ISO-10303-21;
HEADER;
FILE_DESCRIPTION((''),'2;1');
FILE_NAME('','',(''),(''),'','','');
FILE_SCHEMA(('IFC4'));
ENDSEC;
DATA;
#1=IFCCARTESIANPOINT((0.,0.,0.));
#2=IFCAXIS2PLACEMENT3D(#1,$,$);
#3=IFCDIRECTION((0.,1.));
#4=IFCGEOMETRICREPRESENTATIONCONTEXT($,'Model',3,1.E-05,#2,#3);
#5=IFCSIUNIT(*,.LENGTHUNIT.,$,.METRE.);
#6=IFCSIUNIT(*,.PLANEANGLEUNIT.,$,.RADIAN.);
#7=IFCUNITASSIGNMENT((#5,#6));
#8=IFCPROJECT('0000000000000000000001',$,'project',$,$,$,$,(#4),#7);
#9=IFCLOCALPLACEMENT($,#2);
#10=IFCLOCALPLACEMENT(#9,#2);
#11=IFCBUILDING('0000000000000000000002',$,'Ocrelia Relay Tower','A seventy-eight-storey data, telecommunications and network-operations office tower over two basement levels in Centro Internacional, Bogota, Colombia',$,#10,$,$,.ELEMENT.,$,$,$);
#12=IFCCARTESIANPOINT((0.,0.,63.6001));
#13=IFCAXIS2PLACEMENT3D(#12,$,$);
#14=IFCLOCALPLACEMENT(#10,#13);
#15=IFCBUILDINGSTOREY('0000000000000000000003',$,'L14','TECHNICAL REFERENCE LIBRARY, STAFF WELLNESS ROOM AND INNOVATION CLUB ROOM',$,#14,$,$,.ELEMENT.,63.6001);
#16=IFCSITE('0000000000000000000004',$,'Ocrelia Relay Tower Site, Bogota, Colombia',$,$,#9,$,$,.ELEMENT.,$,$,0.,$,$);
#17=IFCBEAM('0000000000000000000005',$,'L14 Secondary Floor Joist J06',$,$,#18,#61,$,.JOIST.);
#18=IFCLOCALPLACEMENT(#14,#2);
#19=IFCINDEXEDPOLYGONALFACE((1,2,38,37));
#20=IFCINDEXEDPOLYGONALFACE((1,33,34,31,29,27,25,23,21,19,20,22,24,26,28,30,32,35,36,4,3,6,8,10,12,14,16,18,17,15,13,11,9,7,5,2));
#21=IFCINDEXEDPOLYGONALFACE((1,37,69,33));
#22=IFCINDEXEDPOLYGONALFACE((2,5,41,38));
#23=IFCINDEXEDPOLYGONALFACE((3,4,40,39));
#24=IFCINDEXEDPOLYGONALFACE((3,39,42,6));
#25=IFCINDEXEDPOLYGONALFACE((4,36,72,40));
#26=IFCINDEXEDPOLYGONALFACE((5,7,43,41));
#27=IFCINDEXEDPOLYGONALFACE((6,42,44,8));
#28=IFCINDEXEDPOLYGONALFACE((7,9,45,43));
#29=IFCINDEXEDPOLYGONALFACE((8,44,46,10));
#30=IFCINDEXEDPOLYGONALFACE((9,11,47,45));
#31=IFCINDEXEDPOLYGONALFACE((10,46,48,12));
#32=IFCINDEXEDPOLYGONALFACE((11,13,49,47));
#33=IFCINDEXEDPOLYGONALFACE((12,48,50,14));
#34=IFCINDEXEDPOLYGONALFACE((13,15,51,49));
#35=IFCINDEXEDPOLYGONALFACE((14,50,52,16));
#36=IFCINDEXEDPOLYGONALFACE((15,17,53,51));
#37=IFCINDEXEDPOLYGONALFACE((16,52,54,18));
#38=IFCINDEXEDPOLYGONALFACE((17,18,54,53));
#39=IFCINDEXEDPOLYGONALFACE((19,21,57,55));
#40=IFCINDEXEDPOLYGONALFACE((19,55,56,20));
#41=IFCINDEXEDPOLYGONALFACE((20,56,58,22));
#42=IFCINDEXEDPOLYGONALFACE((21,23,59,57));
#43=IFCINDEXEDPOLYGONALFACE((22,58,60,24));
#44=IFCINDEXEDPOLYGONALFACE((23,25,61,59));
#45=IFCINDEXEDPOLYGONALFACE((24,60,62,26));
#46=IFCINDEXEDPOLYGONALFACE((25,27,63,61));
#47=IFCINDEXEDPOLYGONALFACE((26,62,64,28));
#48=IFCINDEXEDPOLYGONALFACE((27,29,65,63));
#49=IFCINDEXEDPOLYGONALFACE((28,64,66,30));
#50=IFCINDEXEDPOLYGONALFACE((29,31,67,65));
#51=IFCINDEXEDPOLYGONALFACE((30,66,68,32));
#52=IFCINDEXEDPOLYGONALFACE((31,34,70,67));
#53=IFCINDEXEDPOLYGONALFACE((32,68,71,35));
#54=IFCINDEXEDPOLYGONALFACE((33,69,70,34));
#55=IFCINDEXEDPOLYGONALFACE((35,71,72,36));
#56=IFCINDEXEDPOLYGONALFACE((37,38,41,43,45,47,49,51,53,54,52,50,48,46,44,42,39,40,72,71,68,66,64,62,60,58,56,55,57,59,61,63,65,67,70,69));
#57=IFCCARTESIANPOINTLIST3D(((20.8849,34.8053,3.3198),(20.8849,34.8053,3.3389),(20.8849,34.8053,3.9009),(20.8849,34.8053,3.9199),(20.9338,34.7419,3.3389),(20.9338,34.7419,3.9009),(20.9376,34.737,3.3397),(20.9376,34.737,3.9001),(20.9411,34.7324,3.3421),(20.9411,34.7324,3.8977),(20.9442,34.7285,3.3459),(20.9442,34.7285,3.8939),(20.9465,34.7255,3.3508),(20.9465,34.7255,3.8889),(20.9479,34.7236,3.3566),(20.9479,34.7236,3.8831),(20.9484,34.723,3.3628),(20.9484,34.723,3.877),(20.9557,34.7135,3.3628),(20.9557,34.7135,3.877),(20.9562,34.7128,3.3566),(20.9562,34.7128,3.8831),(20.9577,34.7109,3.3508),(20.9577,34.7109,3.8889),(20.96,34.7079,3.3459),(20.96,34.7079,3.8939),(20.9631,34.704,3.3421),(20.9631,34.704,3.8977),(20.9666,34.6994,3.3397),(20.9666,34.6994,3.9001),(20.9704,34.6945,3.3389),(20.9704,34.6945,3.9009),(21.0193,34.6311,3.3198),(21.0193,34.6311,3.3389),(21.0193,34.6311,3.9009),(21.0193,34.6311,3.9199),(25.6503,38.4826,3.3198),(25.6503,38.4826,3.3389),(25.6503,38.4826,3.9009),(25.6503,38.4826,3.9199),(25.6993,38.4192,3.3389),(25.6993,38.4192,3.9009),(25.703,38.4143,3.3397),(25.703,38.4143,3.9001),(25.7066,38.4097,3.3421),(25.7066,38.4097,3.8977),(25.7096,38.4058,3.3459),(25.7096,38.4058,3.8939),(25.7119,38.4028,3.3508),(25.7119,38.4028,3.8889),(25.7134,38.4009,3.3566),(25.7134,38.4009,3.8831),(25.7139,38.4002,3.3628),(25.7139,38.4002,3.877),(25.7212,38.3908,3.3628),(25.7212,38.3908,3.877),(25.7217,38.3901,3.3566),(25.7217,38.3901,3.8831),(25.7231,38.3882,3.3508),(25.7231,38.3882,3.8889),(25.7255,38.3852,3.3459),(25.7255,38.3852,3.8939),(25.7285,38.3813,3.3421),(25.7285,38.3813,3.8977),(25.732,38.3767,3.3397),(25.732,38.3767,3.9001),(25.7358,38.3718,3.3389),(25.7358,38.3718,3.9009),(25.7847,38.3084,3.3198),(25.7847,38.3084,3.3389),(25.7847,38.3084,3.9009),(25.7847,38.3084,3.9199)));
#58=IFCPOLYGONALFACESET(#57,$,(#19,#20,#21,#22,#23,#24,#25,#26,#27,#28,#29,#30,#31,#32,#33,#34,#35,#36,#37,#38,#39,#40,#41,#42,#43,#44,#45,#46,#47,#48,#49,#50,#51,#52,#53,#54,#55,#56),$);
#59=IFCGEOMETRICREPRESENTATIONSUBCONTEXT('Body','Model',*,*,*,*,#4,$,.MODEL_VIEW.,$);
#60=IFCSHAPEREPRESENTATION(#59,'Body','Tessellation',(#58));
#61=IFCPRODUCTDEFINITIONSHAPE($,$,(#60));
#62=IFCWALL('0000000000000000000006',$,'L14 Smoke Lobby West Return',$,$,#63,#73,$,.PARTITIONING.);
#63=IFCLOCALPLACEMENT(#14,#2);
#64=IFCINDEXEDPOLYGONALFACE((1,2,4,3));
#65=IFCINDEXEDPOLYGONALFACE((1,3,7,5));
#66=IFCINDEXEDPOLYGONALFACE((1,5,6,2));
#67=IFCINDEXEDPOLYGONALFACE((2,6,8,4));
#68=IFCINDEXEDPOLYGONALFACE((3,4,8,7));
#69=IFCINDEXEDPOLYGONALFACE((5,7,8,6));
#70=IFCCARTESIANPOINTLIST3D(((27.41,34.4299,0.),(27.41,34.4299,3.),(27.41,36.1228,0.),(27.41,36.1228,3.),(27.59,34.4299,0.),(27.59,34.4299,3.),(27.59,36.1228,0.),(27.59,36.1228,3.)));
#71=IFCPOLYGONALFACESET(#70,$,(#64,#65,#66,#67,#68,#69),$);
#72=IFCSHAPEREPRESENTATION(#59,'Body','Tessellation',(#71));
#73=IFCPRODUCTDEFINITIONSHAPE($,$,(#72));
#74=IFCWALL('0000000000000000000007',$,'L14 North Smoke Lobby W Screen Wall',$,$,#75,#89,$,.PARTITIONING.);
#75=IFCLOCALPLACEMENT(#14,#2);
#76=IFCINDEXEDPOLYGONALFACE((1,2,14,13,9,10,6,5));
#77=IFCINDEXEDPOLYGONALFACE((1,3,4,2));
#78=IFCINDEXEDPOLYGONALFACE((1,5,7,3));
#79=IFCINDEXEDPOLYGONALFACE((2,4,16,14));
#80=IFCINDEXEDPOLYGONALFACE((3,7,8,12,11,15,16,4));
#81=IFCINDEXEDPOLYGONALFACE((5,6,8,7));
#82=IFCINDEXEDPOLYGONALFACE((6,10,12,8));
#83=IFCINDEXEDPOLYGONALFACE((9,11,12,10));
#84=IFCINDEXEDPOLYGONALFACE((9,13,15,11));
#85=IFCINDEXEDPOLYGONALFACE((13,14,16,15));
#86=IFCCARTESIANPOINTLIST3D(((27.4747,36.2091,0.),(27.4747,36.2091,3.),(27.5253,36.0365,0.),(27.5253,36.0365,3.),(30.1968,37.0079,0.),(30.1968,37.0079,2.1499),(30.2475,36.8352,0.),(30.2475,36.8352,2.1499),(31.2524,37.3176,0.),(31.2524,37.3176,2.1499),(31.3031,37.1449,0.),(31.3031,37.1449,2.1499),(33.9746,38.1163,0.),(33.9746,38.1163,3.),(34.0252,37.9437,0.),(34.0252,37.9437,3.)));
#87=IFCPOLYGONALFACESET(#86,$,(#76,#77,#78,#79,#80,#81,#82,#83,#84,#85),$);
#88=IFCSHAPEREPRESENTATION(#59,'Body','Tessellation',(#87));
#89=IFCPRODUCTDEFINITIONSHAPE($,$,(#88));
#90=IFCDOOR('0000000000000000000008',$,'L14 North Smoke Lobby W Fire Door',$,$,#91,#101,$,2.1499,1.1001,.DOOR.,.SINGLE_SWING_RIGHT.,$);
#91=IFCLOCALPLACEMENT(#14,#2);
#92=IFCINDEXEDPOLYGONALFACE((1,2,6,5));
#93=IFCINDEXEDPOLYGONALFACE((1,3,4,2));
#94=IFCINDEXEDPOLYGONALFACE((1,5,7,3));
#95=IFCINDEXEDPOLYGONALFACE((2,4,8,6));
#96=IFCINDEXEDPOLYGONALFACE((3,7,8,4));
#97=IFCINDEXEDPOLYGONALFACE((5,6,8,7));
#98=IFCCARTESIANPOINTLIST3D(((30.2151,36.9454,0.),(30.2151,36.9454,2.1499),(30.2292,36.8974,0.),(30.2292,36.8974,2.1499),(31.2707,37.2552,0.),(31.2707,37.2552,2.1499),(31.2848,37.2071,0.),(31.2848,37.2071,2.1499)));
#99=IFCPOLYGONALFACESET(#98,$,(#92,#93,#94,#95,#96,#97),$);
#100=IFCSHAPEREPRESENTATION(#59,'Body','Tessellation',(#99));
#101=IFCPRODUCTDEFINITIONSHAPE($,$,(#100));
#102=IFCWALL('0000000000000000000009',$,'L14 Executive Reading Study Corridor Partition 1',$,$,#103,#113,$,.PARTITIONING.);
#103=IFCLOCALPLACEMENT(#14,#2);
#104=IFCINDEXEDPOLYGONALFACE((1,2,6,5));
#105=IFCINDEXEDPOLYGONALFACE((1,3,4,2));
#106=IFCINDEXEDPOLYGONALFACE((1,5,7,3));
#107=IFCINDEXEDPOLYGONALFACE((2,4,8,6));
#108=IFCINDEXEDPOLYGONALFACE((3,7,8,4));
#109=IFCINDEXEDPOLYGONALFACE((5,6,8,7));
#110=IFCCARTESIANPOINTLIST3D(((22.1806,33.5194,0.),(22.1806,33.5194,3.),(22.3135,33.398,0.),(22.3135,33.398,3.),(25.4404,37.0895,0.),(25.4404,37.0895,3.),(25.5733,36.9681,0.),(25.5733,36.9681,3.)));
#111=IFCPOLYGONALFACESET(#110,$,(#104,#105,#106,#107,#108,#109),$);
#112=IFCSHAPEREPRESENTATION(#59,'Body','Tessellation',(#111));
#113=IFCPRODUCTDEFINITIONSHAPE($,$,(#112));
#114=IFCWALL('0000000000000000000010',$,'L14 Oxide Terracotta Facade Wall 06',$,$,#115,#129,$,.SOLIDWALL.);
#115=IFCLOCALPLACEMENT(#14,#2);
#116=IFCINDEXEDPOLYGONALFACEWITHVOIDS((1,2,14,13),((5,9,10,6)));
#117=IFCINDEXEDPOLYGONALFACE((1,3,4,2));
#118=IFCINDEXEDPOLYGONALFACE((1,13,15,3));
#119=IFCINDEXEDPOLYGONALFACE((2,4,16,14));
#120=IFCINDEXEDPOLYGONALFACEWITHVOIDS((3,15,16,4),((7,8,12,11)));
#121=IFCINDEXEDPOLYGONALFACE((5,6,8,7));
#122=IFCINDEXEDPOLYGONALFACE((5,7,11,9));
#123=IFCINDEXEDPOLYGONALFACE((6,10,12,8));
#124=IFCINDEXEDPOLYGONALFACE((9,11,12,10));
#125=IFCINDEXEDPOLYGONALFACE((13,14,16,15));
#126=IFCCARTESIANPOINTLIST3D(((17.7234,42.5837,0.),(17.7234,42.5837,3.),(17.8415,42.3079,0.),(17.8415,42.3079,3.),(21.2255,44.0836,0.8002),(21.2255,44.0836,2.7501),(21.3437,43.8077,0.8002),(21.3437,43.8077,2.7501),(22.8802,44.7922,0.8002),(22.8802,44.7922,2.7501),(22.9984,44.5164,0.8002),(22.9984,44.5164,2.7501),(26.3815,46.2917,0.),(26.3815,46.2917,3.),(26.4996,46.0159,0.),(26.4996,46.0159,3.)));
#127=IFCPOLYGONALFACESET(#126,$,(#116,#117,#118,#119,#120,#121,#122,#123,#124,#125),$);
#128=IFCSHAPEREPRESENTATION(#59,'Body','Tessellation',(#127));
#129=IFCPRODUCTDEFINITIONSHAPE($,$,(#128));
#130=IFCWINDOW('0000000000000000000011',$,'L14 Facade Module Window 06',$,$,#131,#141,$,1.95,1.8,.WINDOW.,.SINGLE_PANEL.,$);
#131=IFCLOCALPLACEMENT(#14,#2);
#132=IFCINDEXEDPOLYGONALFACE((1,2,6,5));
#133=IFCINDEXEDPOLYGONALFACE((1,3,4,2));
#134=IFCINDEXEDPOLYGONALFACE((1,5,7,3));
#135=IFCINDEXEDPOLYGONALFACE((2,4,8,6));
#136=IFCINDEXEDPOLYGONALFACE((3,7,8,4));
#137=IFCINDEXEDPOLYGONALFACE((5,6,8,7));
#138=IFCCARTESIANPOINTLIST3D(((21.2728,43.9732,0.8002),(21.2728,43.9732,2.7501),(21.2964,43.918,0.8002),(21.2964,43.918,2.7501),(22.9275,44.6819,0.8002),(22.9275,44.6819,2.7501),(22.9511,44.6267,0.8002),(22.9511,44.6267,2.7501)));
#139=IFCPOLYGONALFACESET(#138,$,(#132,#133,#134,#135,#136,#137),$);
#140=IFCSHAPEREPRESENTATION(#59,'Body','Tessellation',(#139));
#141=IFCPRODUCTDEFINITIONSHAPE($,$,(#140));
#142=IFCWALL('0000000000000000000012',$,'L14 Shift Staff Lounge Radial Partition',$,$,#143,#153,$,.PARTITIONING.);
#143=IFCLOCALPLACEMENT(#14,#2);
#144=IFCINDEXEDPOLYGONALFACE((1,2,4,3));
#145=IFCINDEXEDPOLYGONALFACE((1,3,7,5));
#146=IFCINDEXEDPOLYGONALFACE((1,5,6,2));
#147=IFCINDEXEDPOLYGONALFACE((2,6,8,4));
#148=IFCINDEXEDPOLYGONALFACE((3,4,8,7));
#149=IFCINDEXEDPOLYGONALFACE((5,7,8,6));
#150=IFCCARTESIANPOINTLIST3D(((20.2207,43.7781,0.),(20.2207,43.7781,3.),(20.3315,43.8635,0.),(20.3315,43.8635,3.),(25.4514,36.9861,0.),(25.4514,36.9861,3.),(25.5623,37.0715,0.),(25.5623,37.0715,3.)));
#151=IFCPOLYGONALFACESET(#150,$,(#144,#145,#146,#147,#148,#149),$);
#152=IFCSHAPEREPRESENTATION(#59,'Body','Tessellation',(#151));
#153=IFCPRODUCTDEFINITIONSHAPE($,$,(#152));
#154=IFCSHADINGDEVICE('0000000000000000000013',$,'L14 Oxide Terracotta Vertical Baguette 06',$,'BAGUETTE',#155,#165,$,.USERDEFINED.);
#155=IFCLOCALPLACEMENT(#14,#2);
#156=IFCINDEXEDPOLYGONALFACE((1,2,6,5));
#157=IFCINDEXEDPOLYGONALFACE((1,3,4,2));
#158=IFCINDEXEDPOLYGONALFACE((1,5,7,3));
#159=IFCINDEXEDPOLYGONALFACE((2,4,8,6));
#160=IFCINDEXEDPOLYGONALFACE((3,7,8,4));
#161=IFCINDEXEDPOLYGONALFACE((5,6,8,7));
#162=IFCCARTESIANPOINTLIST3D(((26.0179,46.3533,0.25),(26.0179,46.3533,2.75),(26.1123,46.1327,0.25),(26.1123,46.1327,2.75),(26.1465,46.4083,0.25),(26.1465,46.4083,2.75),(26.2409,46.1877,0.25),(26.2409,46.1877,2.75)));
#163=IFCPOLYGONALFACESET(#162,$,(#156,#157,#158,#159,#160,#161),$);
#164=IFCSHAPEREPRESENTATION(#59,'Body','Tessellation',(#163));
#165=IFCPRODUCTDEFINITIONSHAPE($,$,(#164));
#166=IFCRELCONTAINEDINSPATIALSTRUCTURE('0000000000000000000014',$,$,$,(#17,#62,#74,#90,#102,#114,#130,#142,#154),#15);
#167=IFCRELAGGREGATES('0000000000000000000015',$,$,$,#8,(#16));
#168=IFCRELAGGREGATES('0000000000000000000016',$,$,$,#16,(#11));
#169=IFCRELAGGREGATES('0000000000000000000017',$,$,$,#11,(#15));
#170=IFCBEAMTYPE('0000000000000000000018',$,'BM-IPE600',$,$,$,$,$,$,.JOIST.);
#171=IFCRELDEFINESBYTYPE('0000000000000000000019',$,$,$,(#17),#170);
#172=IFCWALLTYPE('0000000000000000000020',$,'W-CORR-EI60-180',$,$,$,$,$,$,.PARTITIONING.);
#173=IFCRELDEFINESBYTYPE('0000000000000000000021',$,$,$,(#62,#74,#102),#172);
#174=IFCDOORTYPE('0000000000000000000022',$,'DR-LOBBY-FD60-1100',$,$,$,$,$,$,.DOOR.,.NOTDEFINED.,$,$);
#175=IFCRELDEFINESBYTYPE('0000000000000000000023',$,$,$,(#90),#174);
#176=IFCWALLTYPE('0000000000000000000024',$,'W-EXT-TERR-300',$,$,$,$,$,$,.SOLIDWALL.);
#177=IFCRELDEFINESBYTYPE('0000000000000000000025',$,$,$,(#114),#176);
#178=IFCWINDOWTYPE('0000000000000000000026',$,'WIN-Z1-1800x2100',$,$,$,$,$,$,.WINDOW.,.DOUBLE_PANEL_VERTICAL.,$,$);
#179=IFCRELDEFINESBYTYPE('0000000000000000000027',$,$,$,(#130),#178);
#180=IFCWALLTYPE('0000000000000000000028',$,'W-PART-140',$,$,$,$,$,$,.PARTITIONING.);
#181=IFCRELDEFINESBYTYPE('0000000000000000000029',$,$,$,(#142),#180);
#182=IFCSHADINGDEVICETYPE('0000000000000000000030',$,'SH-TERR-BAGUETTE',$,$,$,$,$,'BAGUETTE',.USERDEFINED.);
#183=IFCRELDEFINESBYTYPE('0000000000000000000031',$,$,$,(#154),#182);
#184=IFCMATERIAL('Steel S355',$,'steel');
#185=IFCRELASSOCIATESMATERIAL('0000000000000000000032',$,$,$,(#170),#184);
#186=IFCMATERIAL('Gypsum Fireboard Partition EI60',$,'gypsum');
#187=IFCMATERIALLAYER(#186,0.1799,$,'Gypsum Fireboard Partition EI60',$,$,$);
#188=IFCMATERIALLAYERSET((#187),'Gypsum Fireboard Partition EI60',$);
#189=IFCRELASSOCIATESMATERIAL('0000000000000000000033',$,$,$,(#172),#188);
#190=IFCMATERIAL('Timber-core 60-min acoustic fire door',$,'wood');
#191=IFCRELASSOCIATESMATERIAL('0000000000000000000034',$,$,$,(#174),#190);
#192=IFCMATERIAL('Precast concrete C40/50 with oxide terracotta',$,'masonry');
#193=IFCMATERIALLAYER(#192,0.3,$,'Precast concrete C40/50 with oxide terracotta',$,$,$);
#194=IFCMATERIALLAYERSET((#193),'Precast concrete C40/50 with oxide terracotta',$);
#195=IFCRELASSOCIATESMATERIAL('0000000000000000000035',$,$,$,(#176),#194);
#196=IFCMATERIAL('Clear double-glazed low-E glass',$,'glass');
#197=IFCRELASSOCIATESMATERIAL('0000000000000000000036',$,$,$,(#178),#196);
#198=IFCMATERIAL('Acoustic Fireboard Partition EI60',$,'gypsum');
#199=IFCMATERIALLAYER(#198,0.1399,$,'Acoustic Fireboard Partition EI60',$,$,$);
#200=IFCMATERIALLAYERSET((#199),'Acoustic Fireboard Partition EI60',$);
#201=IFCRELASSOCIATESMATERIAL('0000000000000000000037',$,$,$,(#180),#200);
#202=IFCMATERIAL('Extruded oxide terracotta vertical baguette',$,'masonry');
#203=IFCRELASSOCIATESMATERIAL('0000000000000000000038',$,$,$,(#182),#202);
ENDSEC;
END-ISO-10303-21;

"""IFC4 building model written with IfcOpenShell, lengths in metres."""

from ifc_helpers import new_model, si_unit, direction, frame, frame_2d, origin, origin_2d, place, context, subcontext, project, spatial, rectangle, i_section, extrude, material, layer, layer_set, material_profile, profile_set, type_object, element, fill, save


model = new_model("IFC4")

# Units and contexts
model_context = context("Model", 3, precision=1e-05, world=origin(), true_north=direction((0.0, 1.0)))
body_context = subcontext(model_context, "Body", "Model", "MODEL_VIEW")
ifc_project = project(units=[si_unit("LENGTHUNIT", "METRE"), si_unit("PLANEANGLEUNIT", "RADIAN")], contexts=[model_context])

# Site, building, storey
site_placement = place(None, origin())
site = spatial("IfcSite", under=ifc_project, at=site_placement, Name="Ocrelia Relay Tower Site, Bogota, Colombia", CompositionType="ELEMENT", RefElevation=0.0)
building_placement = place(site_placement, origin())
building = spatial("IfcBuilding", under=site, at=building_placement, Name="Ocrelia Relay Tower", Description="A seventy-eight-storey data, telecommunications and network-operations office tower over two basement levels in Centro Internacional, Bogota, Colombia", CompositionType="ELEMENT")
storey_placement = place(building_placement, frame((0.0, 0.0, 63.6001)))
storey = spatial("IfcBuildingStorey", under=building, at=storey_placement, Name="L14", Description="TECHNICAL REFERENCE LIBRARY, STAFF WELLNESS ROOM AND INNOVATION CLUB ROOM", CompositionType="ELEMENT", Elevation=63.6001)

# Beam
ifc_material_1 = material(Name="Steel S355", Category="steel")
ifc_material_profile_1 = material_profile(ifc_material_1, i_section(OverallWidth=0.22, OverallDepth=0.6001, WebThickness=0.012, FlangeThickness=0.019, FilletRadius=0.0239, at=origin_2d()), Name="IPE 600")
ifc_profile_set_1 = profile_set([ifc_material_profile_1], Name="Steel S355")
beam_type_1 = type_object("IfcBeamType", Name="BM-IPE600", PredefinedType="JOIST", material=ifc_profile_set_1)
beam_1_placement = place(storey_placement, frame((25.7175, 38.3955, 3.6199), z_axis=(-0.791694, -0.610918, 0.0), x_axis=(0.610918, -0.791694, 0.0)))
element("IfcBeam", 1, at=beam_1_placement, inside=storey, type_object=beam_type_1, Name="L14 Secondary Floor Joist J06", PredefinedType="JOIST", context=body_context, shape_type="SweptSolid", body=[
    extrude(i_section(OverallWidth=0.22, OverallDepth=0.6001, WebThickness=0.012, FlangeThickness=0.019, FilletRadius=0.0239, at=origin_2d()), origin(), (0.0, 0.0, 1.0), 6.0193),
])

# Wall
ifc_material_2 = material(Name="Gypsum Fireboard Partition EI60", Category="gypsum")
ifc_layer_1 = layer(ifc_material_2, 0.1799, Name="Gypsum Fireboard Partition EI60")
ifc_layer_set_1 = layer_set([ifc_layer_1], Name="Gypsum Fireboard Partition EI60")
wall_type_1 = type_object("IfcWallType", Name="W-CORR-EI60-180", PredefinedType="PARTITIONING", material=ifc_layer_set_1)
wall_1_placement = place(storey_placement, frame((27.5, 34.4299, 0.0), z_axis=(0.0, 0.0, 1.0), x_axis=(0.0, 1.0, 0.0)))
element("IfcWall", 2, at=wall_1_placement, inside=storey, type_object=wall_type_1, Name="L14 Smoke Lobby West Return", PredefinedType="PARTITIONING", context=body_context, shape_type="SweptSolid", body=[
    extrude(rectangle(XDim=1.6929, YDim=0.1799, at=frame_2d((0.8464, 0.0))), origin(), (0.0, 0.0, 1.0), 3.0),
])

# Wall, opening, door
wall_2_placement = place(storey_placement, frame((27.5, 36.1228, 0.0), z_axis=(0.0, 0.0, 1.0), x_axis=(0.959547, 0.28155, 0.0)))
wall_2 = element("IfcWall", 3, at=wall_2_placement, inside=storey, type_object=wall_type_1, Name="L14 North Smoke Lobby W Screen Wall", PredefinedType="PARTITIONING", context=body_context, shape_type="SweptSolid", body=[
    extrude(rectangle(XDim=6.7739, YDim=0.1799, at=frame_2d((3.387, 0.0))), origin(), (0.0, 0.0, 1.0), 3.0),
])
opening_1_placement = place(wall_2_placement, frame((2.8369, 0.0, 0.0)))
opening_1 = element("IfcOpeningElement", 4, at=opening_1_placement, cuts=wall_2, PredefinedType="OPENING", context=body_context, shape_type="SweptSolid", body=[
    extrude(rectangle(XDim=1.1001, YDim=2.1499, at=frame_2d((0.55, 1.075))), frame((0.0, 0.1001, 0.0), z_axis=(0.0, -1.0, 0.0), x_axis=(1.0, 0.0, 0.0)), (0.0, 0.0, 1.0), 0.2),
])
ifc_material_3 = material(Name="Timber-core 60-min acoustic fire door", Category="wood")
door_type_1 = type_object("IfcDoorType", Name="DR-LOBBY-FD60-1100", OperationType="NOTDEFINED", PredefinedType="DOOR", material=ifc_material_3)
door_1_placement = place(opening_1_placement, origin())
door_1 = element("IfcDoor", 5, at=door_1_placement, inside=storey, type_object=door_type_1, Name="L14 North Smoke Lobby W Fire Door", OperationType="SINGLE_SWING_RIGHT", OverallHeight=2.1499, OverallWidth=1.1001, PredefinedType="DOOR", context=body_context, shape_type="SweptSolid", body=[
    extrude(rectangle(XDim=1.1001, YDim=2.1499, at=frame_2d((0.55, 1.075))), frame((0.0, 0.0249, 0.0), z_axis=(0.0, -1.0, 0.0), x_axis=(1.0, 0.0, 0.0)), (0.0, 0.0, 1.0), 0.05),
])
fill(opening_1, door_1)

# Wall
wall_3_placement = place(storey_placement, frame((25.5068, 37.0288, 0.0), z_axis=(0.0, 0.0, 1.0), x_axis=(-0.674285, -0.738471, 0.0)))
element("IfcWall", 6, at=wall_3_placement, inside=storey, type_object=wall_type_1, Name="L14 Executive Reading Study Corridor Partition 1", PredefinedType="PARTITIONING", context=body_context, shape_type="SweptSolid", body=[
    extrude(rectangle(XDim=4.8345, YDim=0.1799, at=frame_2d((2.4172, 0.0))), origin(), (0.0, 0.0, 1.0), 3.0),
])

# Wall, opening, window
ifc_material_4 = material(Name="Precast concrete C40/50 with oxide terracotta", Category="masonry")
ifc_layer_2 = layer(ifc_material_4, 0.3, Name="Precast concrete C40/50 with oxide terracotta")
ifc_layer_set_2 = layer_set([ifc_layer_2], Name="Precast concrete C40/50 with oxide terracotta")
wall_type_2 = type_object("IfcWallType", Name="W-EXT-TERR-300", PredefinedType="SOLIDWALL", material=ifc_layer_set_2)
wall_4_placement = place(storey_placement, frame((26.4407, 46.1538, 0.0), z_axis=(0.0, 0.0, 1.0), x_axis=(-0.919247, -0.393682, 0.0)))
wall_4 = element("IfcWall", 7, at=wall_4_placement, inside=storey, type_object=wall_type_2, Name="L14 Oxide Terracotta Facade Wall 06", PredefinedType="SOLIDWALL", context=body_context, shape_type="SweptSolid", body=[
    extrude(rectangle(XDim=9.4187, YDim=0.3, at=frame_2d((4.7095, 0.0))), origin(), (0.0, 0.0, 1.0), 3.0),
])
opening_2_placement = place(wall_4_placement, frame((3.8091, 0.0, 0.8)))
opening_2 = element("IfcOpeningElement", 8, at=opening_2_placement, cuts=wall_4, PredefinedType="OPENING", context=body_context, shape_type="SweptSolid", body=[
    extrude(rectangle(XDim=1.8, YDim=1.95, at=frame_2d((0.8999, 0.9751))), frame((0.0, 0.1602, 0.0), z_axis=(0.0, -1.0, 0.0), x_axis=(1.0, 0.0, 0.0)), (0.0, 0.0, 1.0), 0.3201),
])
ifc_material_5 = material(Name="Clear double-glazed low-E glass", Category="glass")
window_type = type_object("IfcWindowType", Name="WIN-Z1-1800x2100", PartitioningType="DOUBLE_PANEL_VERTICAL", PredefinedType="WINDOW", material=ifc_material_5)
window_placement = place(opening_2_placement, origin())
window = element("IfcWindow", 9, at=window_placement, inside=storey, type_object=window_type, Name="L14 Facade Module Window 06", OverallHeight=1.95, OverallWidth=1.8, PartitioningType="SINGLE_PANEL", PredefinedType="WINDOW", context=body_context, shape_type="SweptSolid", body=[
    extrude(rectangle(XDim=1.8, YDim=1.95, at=frame_2d((0.8999, 0.9751))), frame((0.0, 0.03, 0.0), z_axis=(0.0, -1.0, 0.0), x_axis=(1.0, 0.0, 0.0)), (0.0, 0.0, 1.0), 0.0601),
])
fill(opening_2, window)

# Wall
ifc_material_6 = material(Name="Acoustic Fireboard Partition EI60", Category="gypsum")
ifc_layer_3 = layer(ifc_material_6, 0.1399, Name="Acoustic Fireboard Partition EI60")
ifc_layer_set_3 = layer_set([ifc_layer_3], Name="Acoustic Fireboard Partition EI60")
wall_type_3 = type_object("IfcWallType", Name="W-PART-140", PredefinedType="PARTITIONING", material=ifc_layer_set_3)
wall_5_placement = place(storey_placement, frame((25.5068, 37.0288, 0.0), z_axis=(0.0, 0.0, 1.0), x_axis=(-0.610158, 0.79228, 0.0)))
element("IfcWall", 10, at=wall_5_placement, inside=storey, type_object=wall_type_3, Name="L14 Shift Staff Lounge Radial Partition", PredefinedType="PARTITIONING", context=body_context, shape_type="SweptSolid", body=[
    extrude(rectangle(XDim=8.5728, YDim=0.1399, at=frame_2d((4.2864, 0.0))), origin(), (0.0, 0.0, 1.0), 3.0),
])

# Shading device
ifc_material_7 = material(Name="Extruded oxide terracotta vertical baguette", Category="masonry")
shading_device_type_1 = type_object("IfcShadingDeviceType", Name="SH-TERR-BAGUETTE", ElementType="BAGUETTE", PredefinedType="USERDEFINED", material=ifc_material_7)
shading_device_1_placement = place(storey_placement, frame((26.1294, 46.2705, 0.25), z_axis=(0.0, 0.0, 1.0), x_axis=(-0.919255, -0.393663, 0.0)))
element("IfcShadingDevice", 11, at=shading_device_1_placement, inside=storey, type_object=shading_device_type_1, Name="L14 Oxide Terracotta Vertical Baguette 06", ObjectType="BAGUETTE", PredefinedType="USERDEFINED", context=body_context, shape_type="SweptSolid", body=[
    extrude(rectangle(XDim=0.1399, YDim=0.24, at=origin_2d()), origin(), (0.0, 0.0, 1.0), 2.5),
])

save(model, "model.ifc")
